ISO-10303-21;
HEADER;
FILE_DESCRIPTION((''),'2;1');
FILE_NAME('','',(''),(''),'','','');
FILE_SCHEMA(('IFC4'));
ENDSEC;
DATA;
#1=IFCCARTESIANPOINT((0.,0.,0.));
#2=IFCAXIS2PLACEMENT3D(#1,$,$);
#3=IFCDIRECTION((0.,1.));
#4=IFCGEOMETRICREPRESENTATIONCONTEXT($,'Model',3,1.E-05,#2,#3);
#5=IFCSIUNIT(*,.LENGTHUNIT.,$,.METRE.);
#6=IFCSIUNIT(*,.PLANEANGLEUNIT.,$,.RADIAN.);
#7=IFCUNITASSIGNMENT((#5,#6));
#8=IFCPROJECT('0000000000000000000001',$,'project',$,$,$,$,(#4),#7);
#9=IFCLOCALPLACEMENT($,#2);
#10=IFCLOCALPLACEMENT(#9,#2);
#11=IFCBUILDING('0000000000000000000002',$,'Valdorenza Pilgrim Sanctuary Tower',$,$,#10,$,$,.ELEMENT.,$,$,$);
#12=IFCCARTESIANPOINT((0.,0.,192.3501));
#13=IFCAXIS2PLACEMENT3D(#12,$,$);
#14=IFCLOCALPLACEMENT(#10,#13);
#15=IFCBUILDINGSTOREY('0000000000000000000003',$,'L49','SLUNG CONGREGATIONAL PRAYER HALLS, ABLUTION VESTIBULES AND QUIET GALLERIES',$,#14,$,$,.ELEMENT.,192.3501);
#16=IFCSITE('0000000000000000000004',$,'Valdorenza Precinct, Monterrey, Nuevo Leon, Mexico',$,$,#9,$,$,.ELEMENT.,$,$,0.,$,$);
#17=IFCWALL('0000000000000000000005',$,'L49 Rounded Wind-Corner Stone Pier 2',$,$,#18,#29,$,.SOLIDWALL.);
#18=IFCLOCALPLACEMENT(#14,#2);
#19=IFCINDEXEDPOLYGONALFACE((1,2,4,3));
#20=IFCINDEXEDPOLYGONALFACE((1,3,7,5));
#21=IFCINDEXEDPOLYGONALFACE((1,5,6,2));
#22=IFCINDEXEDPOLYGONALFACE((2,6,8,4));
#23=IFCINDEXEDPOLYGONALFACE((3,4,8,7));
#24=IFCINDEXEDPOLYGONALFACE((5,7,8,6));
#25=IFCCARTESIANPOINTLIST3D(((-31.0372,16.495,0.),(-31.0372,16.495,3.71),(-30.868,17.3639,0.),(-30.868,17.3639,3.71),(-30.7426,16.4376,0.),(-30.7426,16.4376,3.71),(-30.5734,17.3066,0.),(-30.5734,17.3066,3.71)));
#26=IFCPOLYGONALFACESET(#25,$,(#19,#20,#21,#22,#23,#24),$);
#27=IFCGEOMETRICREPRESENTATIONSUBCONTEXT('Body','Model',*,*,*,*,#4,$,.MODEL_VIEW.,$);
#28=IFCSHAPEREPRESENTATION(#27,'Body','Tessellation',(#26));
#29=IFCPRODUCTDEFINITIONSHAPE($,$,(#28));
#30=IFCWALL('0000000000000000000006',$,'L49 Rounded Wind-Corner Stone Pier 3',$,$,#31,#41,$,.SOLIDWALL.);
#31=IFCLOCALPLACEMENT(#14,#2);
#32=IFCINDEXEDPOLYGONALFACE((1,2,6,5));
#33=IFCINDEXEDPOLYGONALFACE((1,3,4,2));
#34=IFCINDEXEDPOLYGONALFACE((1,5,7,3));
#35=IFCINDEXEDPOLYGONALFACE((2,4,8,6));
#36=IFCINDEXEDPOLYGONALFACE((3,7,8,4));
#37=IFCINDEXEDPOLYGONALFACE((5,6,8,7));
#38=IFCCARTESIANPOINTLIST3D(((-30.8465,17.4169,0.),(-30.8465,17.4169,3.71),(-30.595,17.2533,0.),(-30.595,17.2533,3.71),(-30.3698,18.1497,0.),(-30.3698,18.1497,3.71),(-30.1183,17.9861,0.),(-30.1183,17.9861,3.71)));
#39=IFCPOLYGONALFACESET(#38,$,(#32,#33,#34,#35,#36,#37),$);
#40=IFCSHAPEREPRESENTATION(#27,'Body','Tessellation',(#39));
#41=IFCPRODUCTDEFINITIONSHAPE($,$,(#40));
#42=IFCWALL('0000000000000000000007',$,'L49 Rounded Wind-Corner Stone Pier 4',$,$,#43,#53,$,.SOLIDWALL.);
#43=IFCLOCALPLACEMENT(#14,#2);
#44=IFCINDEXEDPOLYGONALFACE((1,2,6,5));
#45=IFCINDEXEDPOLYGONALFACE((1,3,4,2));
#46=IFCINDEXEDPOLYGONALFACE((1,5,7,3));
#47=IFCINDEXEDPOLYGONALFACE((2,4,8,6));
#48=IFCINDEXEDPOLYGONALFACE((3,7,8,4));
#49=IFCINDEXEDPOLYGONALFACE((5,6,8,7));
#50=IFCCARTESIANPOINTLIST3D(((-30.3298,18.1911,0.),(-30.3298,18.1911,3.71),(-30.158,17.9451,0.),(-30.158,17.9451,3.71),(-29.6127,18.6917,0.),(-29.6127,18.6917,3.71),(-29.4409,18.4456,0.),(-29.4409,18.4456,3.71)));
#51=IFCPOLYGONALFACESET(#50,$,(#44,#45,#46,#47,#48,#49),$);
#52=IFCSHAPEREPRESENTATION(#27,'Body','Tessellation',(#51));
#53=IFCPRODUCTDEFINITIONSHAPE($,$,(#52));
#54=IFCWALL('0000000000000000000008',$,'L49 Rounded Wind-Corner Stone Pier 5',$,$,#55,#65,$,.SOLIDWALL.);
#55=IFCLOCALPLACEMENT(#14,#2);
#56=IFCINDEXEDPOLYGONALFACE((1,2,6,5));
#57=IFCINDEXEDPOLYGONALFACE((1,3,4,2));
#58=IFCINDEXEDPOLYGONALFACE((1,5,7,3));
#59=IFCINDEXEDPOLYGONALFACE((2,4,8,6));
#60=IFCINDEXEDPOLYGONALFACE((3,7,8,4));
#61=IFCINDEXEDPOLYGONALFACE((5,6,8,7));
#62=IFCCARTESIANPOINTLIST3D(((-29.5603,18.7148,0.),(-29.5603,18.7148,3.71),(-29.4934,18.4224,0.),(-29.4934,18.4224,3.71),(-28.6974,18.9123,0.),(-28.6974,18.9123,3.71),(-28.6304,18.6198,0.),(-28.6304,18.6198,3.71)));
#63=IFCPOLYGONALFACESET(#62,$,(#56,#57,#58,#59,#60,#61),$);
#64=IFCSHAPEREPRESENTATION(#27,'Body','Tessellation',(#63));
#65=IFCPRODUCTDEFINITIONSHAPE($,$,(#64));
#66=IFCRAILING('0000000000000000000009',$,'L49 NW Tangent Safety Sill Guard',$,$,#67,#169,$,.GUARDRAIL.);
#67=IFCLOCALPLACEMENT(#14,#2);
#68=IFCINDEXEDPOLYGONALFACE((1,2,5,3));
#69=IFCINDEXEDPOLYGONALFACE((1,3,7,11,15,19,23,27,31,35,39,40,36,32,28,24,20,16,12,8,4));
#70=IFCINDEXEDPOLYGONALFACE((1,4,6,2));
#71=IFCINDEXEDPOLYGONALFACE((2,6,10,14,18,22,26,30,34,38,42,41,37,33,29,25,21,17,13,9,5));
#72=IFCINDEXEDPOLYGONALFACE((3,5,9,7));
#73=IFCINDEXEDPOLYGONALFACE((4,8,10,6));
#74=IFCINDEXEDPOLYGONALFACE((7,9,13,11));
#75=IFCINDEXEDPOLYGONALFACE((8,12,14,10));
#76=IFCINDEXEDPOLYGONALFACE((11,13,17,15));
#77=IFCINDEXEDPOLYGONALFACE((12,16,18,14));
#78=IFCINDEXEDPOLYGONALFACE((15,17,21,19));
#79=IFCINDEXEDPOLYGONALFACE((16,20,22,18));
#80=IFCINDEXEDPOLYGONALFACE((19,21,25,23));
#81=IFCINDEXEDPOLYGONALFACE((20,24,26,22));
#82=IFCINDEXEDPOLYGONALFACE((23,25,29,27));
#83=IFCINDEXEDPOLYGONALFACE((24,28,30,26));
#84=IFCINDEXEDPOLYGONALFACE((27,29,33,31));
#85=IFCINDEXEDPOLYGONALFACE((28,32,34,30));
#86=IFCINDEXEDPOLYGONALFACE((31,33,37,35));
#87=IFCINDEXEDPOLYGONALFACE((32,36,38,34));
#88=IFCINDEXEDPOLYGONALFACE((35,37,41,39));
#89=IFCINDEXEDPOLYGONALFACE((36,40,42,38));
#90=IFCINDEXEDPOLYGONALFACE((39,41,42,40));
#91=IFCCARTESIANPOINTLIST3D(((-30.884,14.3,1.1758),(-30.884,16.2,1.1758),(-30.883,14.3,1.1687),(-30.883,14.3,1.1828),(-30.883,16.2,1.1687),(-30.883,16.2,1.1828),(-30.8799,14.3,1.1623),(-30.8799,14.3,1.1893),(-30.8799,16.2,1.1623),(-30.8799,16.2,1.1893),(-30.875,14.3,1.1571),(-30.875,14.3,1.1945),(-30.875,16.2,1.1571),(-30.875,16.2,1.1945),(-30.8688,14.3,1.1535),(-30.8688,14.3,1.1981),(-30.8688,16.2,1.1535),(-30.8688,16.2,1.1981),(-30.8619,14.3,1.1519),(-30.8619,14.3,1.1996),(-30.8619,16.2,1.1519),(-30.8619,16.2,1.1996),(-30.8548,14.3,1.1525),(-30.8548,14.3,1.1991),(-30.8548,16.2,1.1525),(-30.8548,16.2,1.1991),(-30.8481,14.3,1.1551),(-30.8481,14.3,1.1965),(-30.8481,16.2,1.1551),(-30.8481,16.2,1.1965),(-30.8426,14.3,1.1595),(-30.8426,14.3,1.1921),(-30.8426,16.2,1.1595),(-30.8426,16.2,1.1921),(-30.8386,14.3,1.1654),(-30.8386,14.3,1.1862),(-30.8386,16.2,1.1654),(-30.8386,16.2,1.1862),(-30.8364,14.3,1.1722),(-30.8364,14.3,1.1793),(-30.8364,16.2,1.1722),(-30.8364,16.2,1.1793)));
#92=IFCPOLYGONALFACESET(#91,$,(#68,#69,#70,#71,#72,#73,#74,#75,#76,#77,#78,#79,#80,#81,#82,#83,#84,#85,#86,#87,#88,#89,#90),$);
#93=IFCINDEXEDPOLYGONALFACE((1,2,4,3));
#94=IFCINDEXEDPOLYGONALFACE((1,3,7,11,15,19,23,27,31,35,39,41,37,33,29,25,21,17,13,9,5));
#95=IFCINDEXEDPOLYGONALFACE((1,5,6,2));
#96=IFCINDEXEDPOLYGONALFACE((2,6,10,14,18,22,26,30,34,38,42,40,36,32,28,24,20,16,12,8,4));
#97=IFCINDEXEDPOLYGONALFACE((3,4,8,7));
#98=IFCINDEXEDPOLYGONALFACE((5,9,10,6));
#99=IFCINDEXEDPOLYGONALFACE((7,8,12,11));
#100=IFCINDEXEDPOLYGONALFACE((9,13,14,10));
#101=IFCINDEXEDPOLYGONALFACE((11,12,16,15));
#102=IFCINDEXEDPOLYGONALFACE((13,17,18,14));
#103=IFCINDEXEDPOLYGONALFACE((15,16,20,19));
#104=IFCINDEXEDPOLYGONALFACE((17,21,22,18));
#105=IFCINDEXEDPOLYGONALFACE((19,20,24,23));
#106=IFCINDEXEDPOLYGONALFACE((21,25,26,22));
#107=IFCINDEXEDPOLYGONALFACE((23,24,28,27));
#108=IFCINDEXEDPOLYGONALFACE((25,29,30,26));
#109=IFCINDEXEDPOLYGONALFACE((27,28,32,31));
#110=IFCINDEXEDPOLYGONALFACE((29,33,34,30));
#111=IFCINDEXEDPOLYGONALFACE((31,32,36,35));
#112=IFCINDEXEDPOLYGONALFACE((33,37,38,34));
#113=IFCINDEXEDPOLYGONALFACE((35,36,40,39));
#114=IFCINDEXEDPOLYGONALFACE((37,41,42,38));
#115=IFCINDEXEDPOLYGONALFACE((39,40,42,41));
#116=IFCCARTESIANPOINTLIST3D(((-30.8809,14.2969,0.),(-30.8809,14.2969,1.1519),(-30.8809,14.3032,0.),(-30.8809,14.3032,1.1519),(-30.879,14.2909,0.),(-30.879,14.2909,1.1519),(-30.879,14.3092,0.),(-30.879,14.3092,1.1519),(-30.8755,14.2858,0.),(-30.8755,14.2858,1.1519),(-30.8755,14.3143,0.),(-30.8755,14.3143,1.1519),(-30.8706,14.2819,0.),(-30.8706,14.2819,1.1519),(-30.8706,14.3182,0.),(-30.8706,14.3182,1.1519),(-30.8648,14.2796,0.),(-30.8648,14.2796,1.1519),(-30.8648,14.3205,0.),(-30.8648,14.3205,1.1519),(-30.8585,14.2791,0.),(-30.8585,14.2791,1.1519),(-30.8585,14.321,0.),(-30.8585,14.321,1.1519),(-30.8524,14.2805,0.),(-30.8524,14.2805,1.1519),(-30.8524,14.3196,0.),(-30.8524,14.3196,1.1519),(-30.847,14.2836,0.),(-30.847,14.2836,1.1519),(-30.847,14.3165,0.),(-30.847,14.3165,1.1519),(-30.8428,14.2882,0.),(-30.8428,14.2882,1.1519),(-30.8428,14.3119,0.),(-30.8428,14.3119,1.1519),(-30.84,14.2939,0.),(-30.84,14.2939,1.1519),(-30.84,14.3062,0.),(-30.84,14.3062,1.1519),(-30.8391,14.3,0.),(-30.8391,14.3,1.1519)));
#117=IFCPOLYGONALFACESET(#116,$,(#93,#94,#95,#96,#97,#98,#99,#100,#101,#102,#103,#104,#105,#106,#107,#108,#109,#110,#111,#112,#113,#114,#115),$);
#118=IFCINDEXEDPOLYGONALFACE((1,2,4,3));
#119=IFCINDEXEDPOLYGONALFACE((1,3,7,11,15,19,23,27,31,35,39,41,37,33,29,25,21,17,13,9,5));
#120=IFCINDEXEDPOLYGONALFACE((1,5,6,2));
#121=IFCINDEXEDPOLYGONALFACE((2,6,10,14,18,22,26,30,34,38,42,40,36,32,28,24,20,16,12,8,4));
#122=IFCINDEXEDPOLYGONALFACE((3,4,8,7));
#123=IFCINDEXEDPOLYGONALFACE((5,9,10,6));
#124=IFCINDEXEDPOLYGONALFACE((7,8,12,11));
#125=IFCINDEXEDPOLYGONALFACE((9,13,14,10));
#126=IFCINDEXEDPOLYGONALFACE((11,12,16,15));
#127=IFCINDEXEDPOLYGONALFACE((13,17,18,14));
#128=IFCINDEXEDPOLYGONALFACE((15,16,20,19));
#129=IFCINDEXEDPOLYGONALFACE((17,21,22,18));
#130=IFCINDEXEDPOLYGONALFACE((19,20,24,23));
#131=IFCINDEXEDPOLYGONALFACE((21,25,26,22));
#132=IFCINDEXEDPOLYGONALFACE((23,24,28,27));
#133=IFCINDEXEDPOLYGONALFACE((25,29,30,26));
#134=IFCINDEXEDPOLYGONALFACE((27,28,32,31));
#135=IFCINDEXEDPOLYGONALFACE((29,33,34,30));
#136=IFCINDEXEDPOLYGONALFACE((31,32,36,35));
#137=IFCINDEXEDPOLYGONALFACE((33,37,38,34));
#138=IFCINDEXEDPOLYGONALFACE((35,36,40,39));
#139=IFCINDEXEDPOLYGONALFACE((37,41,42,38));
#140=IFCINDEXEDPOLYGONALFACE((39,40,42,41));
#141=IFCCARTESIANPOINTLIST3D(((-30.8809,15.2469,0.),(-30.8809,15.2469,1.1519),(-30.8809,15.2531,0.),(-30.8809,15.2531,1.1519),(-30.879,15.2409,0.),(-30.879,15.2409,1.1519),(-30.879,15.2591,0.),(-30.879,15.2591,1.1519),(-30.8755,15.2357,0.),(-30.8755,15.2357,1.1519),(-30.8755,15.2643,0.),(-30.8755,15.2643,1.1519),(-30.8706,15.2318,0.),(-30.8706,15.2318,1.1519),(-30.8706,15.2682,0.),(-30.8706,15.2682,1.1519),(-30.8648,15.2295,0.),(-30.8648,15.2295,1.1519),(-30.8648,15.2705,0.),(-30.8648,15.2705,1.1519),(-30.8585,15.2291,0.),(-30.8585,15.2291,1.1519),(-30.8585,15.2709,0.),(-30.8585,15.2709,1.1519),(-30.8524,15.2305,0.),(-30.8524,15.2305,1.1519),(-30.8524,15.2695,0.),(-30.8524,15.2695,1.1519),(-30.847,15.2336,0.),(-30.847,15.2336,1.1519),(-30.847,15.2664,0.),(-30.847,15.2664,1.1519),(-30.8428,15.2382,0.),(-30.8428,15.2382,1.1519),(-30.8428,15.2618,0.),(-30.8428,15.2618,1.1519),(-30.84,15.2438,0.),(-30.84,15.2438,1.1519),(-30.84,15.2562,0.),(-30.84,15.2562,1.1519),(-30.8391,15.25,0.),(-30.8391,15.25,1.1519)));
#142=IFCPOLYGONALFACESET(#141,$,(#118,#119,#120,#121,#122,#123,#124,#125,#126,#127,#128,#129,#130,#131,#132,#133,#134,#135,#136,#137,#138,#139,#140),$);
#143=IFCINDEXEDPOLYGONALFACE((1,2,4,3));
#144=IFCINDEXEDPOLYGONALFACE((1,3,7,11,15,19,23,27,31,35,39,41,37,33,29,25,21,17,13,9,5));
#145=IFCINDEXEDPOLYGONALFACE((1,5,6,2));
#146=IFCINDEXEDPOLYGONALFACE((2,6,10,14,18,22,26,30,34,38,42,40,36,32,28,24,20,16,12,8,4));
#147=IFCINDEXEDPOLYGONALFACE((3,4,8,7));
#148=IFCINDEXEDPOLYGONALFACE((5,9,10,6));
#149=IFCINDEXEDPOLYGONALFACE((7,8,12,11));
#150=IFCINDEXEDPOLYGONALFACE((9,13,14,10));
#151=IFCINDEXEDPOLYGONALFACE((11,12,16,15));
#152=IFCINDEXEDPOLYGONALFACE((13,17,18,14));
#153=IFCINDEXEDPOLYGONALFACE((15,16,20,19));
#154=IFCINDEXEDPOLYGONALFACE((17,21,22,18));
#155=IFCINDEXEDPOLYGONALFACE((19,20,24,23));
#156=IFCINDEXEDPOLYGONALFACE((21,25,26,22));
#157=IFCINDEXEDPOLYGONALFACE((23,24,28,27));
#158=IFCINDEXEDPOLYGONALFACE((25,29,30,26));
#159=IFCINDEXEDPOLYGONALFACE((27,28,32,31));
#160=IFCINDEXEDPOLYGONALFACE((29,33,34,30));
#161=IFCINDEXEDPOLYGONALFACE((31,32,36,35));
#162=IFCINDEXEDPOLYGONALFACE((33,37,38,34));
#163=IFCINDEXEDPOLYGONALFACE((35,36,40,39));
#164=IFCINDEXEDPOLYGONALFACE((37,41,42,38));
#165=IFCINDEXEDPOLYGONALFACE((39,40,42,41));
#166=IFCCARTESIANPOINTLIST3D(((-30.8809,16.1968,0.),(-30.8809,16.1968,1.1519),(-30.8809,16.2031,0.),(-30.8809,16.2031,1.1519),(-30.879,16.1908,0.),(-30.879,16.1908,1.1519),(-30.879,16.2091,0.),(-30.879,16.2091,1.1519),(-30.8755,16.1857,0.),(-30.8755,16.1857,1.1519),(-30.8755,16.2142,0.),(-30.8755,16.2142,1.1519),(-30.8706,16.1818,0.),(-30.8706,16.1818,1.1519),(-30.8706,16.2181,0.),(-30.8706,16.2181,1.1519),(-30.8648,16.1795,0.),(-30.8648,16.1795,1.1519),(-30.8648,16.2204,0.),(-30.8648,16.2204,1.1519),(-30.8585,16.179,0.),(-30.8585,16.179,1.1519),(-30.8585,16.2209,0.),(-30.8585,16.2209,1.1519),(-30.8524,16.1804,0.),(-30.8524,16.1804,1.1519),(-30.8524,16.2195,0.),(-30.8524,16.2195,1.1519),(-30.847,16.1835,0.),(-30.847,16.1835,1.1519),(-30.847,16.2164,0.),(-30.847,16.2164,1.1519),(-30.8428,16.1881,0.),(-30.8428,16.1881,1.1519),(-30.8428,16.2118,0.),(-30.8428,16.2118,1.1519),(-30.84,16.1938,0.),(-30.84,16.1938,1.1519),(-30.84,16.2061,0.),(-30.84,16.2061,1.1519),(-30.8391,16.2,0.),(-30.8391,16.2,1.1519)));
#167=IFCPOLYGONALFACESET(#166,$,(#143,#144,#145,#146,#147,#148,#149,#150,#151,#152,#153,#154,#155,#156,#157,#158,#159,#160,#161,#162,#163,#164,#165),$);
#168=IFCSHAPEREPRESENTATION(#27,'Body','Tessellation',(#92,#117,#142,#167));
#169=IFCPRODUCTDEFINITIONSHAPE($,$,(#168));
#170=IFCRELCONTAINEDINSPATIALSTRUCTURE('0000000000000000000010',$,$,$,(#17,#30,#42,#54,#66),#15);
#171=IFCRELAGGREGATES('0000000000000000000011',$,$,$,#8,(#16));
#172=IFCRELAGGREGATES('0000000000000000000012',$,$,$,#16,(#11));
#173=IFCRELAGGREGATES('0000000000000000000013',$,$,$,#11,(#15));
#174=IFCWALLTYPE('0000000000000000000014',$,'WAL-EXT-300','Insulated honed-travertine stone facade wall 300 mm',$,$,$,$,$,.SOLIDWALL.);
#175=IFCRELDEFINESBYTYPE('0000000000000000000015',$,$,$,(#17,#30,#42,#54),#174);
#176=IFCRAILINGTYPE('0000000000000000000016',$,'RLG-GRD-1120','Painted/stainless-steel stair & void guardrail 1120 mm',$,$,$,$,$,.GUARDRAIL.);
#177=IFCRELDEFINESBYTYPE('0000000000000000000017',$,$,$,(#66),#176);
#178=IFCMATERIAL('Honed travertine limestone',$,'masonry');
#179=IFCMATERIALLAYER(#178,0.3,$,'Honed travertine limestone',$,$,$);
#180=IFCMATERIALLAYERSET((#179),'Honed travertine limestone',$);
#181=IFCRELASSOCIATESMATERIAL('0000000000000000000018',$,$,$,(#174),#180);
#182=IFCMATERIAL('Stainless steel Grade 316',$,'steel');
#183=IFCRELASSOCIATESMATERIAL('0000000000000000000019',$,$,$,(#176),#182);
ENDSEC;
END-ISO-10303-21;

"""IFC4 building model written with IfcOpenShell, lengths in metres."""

from ifc_helpers import new_model, si_unit, direction, frame, frame_2d, origin, origin_2d, place, context, subcontext, project, spatial, rectangle, circle, extrude, material, layer, layer_set, type_object, element, save


model = new_model("IFC4")

# Units and contexts
model_context = context("Model", 3, precision=1e-05, world=origin(), true_north=direction((0.0, 1.0)))
body_context = subcontext(model_context, "Body", "Model", "MODEL_VIEW")
ifc_project = project(units=[si_unit("LENGTHUNIT", "METRE"), si_unit("PLANEANGLEUNIT", "RADIAN")], contexts=[model_context])

# Site, building, storey
site_placement = place(None, origin())
site = spatial("IfcSite", under=ifc_project, at=site_placement, Name="Valdorenza Precinct, Monterrey, Nuevo Leon, Mexico", CompositionType="ELEMENT", RefElevation=0.0)
building_placement = place(site_placement, origin())
building = spatial("IfcBuilding", under=site, at=building_placement, Name="Valdorenza Pilgrim Sanctuary Tower", CompositionType="ELEMENT")
storey_placement = place(building_placement, frame((0.0, 0.0, 192.3501)))
storey = spatial("IfcBuildingStorey", under=building, at=storey_placement, Name="L49", Description="SLUNG CONGREGATIONAL PRAYER HALLS, ABLUTION VESTIBULES AND QUIET GALLERIES", CompositionType="ELEMENT", Elevation=192.3501)

# Shared definitions
ifc_material_1 = material(Name="Honed travertine limestone", Category="masonry")

# Walls
ifc_layer_1 = layer(ifc_material_1, 0.3, Name="Honed travertine limestone")
ifc_layer_set_1 = layer_set([ifc_layer_1], Name="Honed travertine limestone")
wall_type_1 = type_object("IfcWallType", Name="WAL-EXT-300", Description="Insulated honed-travertine stone facade wall 300 mm", PredefinedType="SOLIDWALL", material=ifc_layer_set_1)
wall_1_placement = place(storey_placement, frame((-30.8899, 16.4663, 0.0), z_axis=(0.0, 0.0, 1.0), x_axis=(0.191128, 0.981565, 0.0)))
element("IfcWall", 1, at=wall_1_placement, inside=storey, type_object=wall_type_1, Name="L49 Rounded Wind-Corner Stone Pier 2", PredefinedType="SOLIDWALL", context=body_context, shape_type="SweptSolid", body=[
    extrude(rectangle(XDim=0.8853, YDim=0.3, at=frame_2d((0.4426, 0.0))), origin(), (0.0, 0.0, 1.0), 3.71),
])
wall_2_placement = place(storey_placement, frame((-30.7207, 17.3352, 0.0), z_axis=(0.0, 0.0, 1.0), x_axis=(0.545322, 0.838227, 0.0)))
element("IfcWall", 2, at=wall_2_placement, inside=storey, type_object=wall_type_1, Name="L49 Rounded Wind-Corner Stone Pier 3", PredefinedType="SOLIDWALL", context=body_context, shape_type="SweptSolid", body=[
    extrude(rectangle(XDim=0.8743, YDim=0.3, at=frame_2d((0.437, 0.0))), origin(), (0.0, 0.0, 1.0), 3.71),
])
wall_3_placement = place(storey_placement, frame((-30.2439, 18.0681, 0.0), z_axis=(0.0, 0.0, 1.0), x_axis=(0.820005, 0.572356, 0.0)))
element("IfcWall", 3, at=wall_3_placement, inside=storey, type_object=wall_type_1, Name="L49 Rounded Wind-Corner Stone Pier 4", PredefinedType="SOLIDWALL", context=body_context, shape_type="SweptSolid", body=[
    extrude(rectangle(XDim=0.8745, YDim=0.3, at=frame_2d((0.4373, 0.0))), origin(), (0.0, 0.0, 1.0), 3.71),
])
wall_4_placement = place(storey_placement, frame((-29.5269, 18.5686, 0.0), z_axis=(0.0, 0.0, 1.0), x_axis=(0.974799, 0.223087, 0.0)))
element("IfcWall", 4, at=wall_4_placement, inside=storey, type_object=wall_type_1, Name="L49 Rounded Wind-Corner Stone Pier 5", PredefinedType="SOLIDWALL", context=body_context, shape_type="SweptSolid", body=[
    extrude(rectangle(XDim=0.8853, YDim=0.3, at=frame_2d((0.4426, 0.0))), origin(), (0.0, 0.0, 1.0), 3.71),
])

# Railing
ifc_material_2 = material(Name="Stainless steel Grade 316", Category="steel")
railing_type = type_object("IfcRailingType", Name="RLG-GRD-1120", Description="Painted/stainless-steel stair & void guardrail 1120 mm", PredefinedType="GUARDRAIL", material=ifc_material_2)
railing_placement = place(storey_placement, frame((-30.8601, 14.3, 0.0)))
element("IfcRailing", 5, at=railing_placement, inside=storey, type_object=railing_type, Name="L49 NW Tangent Safety Sill Guard", PredefinedType="GUARDRAIL", context=body_context, shape_type="SweptSolid", body=[
    extrude(circle(Radius=0.0239, at=origin_2d()), frame((0.0, 0.0, 1.1758), z_axis=(0.0, 1.0, 0.0), x_axis=(-1.0, 0.0, 0.0)), (0.0, 0.0, 1.0), 1.8999),
    extrude(circle(Radius=0.021, at=origin_2d()), origin(), (0.0, 0.0, 1.0), 1.1519),
    extrude(circle(Radius=0.021, at=origin_2d()), frame((0.0, 0.95, 0.0)), (0.0, 0.0, 1.0), 1.1519),
    extrude(circle(Radius=0.021, at=origin_2d()), frame((0.0, 1.8999, 0.0)), (0.0, 0.0, 1.0), 1.1519),
])

save(model, "model.ifc")
